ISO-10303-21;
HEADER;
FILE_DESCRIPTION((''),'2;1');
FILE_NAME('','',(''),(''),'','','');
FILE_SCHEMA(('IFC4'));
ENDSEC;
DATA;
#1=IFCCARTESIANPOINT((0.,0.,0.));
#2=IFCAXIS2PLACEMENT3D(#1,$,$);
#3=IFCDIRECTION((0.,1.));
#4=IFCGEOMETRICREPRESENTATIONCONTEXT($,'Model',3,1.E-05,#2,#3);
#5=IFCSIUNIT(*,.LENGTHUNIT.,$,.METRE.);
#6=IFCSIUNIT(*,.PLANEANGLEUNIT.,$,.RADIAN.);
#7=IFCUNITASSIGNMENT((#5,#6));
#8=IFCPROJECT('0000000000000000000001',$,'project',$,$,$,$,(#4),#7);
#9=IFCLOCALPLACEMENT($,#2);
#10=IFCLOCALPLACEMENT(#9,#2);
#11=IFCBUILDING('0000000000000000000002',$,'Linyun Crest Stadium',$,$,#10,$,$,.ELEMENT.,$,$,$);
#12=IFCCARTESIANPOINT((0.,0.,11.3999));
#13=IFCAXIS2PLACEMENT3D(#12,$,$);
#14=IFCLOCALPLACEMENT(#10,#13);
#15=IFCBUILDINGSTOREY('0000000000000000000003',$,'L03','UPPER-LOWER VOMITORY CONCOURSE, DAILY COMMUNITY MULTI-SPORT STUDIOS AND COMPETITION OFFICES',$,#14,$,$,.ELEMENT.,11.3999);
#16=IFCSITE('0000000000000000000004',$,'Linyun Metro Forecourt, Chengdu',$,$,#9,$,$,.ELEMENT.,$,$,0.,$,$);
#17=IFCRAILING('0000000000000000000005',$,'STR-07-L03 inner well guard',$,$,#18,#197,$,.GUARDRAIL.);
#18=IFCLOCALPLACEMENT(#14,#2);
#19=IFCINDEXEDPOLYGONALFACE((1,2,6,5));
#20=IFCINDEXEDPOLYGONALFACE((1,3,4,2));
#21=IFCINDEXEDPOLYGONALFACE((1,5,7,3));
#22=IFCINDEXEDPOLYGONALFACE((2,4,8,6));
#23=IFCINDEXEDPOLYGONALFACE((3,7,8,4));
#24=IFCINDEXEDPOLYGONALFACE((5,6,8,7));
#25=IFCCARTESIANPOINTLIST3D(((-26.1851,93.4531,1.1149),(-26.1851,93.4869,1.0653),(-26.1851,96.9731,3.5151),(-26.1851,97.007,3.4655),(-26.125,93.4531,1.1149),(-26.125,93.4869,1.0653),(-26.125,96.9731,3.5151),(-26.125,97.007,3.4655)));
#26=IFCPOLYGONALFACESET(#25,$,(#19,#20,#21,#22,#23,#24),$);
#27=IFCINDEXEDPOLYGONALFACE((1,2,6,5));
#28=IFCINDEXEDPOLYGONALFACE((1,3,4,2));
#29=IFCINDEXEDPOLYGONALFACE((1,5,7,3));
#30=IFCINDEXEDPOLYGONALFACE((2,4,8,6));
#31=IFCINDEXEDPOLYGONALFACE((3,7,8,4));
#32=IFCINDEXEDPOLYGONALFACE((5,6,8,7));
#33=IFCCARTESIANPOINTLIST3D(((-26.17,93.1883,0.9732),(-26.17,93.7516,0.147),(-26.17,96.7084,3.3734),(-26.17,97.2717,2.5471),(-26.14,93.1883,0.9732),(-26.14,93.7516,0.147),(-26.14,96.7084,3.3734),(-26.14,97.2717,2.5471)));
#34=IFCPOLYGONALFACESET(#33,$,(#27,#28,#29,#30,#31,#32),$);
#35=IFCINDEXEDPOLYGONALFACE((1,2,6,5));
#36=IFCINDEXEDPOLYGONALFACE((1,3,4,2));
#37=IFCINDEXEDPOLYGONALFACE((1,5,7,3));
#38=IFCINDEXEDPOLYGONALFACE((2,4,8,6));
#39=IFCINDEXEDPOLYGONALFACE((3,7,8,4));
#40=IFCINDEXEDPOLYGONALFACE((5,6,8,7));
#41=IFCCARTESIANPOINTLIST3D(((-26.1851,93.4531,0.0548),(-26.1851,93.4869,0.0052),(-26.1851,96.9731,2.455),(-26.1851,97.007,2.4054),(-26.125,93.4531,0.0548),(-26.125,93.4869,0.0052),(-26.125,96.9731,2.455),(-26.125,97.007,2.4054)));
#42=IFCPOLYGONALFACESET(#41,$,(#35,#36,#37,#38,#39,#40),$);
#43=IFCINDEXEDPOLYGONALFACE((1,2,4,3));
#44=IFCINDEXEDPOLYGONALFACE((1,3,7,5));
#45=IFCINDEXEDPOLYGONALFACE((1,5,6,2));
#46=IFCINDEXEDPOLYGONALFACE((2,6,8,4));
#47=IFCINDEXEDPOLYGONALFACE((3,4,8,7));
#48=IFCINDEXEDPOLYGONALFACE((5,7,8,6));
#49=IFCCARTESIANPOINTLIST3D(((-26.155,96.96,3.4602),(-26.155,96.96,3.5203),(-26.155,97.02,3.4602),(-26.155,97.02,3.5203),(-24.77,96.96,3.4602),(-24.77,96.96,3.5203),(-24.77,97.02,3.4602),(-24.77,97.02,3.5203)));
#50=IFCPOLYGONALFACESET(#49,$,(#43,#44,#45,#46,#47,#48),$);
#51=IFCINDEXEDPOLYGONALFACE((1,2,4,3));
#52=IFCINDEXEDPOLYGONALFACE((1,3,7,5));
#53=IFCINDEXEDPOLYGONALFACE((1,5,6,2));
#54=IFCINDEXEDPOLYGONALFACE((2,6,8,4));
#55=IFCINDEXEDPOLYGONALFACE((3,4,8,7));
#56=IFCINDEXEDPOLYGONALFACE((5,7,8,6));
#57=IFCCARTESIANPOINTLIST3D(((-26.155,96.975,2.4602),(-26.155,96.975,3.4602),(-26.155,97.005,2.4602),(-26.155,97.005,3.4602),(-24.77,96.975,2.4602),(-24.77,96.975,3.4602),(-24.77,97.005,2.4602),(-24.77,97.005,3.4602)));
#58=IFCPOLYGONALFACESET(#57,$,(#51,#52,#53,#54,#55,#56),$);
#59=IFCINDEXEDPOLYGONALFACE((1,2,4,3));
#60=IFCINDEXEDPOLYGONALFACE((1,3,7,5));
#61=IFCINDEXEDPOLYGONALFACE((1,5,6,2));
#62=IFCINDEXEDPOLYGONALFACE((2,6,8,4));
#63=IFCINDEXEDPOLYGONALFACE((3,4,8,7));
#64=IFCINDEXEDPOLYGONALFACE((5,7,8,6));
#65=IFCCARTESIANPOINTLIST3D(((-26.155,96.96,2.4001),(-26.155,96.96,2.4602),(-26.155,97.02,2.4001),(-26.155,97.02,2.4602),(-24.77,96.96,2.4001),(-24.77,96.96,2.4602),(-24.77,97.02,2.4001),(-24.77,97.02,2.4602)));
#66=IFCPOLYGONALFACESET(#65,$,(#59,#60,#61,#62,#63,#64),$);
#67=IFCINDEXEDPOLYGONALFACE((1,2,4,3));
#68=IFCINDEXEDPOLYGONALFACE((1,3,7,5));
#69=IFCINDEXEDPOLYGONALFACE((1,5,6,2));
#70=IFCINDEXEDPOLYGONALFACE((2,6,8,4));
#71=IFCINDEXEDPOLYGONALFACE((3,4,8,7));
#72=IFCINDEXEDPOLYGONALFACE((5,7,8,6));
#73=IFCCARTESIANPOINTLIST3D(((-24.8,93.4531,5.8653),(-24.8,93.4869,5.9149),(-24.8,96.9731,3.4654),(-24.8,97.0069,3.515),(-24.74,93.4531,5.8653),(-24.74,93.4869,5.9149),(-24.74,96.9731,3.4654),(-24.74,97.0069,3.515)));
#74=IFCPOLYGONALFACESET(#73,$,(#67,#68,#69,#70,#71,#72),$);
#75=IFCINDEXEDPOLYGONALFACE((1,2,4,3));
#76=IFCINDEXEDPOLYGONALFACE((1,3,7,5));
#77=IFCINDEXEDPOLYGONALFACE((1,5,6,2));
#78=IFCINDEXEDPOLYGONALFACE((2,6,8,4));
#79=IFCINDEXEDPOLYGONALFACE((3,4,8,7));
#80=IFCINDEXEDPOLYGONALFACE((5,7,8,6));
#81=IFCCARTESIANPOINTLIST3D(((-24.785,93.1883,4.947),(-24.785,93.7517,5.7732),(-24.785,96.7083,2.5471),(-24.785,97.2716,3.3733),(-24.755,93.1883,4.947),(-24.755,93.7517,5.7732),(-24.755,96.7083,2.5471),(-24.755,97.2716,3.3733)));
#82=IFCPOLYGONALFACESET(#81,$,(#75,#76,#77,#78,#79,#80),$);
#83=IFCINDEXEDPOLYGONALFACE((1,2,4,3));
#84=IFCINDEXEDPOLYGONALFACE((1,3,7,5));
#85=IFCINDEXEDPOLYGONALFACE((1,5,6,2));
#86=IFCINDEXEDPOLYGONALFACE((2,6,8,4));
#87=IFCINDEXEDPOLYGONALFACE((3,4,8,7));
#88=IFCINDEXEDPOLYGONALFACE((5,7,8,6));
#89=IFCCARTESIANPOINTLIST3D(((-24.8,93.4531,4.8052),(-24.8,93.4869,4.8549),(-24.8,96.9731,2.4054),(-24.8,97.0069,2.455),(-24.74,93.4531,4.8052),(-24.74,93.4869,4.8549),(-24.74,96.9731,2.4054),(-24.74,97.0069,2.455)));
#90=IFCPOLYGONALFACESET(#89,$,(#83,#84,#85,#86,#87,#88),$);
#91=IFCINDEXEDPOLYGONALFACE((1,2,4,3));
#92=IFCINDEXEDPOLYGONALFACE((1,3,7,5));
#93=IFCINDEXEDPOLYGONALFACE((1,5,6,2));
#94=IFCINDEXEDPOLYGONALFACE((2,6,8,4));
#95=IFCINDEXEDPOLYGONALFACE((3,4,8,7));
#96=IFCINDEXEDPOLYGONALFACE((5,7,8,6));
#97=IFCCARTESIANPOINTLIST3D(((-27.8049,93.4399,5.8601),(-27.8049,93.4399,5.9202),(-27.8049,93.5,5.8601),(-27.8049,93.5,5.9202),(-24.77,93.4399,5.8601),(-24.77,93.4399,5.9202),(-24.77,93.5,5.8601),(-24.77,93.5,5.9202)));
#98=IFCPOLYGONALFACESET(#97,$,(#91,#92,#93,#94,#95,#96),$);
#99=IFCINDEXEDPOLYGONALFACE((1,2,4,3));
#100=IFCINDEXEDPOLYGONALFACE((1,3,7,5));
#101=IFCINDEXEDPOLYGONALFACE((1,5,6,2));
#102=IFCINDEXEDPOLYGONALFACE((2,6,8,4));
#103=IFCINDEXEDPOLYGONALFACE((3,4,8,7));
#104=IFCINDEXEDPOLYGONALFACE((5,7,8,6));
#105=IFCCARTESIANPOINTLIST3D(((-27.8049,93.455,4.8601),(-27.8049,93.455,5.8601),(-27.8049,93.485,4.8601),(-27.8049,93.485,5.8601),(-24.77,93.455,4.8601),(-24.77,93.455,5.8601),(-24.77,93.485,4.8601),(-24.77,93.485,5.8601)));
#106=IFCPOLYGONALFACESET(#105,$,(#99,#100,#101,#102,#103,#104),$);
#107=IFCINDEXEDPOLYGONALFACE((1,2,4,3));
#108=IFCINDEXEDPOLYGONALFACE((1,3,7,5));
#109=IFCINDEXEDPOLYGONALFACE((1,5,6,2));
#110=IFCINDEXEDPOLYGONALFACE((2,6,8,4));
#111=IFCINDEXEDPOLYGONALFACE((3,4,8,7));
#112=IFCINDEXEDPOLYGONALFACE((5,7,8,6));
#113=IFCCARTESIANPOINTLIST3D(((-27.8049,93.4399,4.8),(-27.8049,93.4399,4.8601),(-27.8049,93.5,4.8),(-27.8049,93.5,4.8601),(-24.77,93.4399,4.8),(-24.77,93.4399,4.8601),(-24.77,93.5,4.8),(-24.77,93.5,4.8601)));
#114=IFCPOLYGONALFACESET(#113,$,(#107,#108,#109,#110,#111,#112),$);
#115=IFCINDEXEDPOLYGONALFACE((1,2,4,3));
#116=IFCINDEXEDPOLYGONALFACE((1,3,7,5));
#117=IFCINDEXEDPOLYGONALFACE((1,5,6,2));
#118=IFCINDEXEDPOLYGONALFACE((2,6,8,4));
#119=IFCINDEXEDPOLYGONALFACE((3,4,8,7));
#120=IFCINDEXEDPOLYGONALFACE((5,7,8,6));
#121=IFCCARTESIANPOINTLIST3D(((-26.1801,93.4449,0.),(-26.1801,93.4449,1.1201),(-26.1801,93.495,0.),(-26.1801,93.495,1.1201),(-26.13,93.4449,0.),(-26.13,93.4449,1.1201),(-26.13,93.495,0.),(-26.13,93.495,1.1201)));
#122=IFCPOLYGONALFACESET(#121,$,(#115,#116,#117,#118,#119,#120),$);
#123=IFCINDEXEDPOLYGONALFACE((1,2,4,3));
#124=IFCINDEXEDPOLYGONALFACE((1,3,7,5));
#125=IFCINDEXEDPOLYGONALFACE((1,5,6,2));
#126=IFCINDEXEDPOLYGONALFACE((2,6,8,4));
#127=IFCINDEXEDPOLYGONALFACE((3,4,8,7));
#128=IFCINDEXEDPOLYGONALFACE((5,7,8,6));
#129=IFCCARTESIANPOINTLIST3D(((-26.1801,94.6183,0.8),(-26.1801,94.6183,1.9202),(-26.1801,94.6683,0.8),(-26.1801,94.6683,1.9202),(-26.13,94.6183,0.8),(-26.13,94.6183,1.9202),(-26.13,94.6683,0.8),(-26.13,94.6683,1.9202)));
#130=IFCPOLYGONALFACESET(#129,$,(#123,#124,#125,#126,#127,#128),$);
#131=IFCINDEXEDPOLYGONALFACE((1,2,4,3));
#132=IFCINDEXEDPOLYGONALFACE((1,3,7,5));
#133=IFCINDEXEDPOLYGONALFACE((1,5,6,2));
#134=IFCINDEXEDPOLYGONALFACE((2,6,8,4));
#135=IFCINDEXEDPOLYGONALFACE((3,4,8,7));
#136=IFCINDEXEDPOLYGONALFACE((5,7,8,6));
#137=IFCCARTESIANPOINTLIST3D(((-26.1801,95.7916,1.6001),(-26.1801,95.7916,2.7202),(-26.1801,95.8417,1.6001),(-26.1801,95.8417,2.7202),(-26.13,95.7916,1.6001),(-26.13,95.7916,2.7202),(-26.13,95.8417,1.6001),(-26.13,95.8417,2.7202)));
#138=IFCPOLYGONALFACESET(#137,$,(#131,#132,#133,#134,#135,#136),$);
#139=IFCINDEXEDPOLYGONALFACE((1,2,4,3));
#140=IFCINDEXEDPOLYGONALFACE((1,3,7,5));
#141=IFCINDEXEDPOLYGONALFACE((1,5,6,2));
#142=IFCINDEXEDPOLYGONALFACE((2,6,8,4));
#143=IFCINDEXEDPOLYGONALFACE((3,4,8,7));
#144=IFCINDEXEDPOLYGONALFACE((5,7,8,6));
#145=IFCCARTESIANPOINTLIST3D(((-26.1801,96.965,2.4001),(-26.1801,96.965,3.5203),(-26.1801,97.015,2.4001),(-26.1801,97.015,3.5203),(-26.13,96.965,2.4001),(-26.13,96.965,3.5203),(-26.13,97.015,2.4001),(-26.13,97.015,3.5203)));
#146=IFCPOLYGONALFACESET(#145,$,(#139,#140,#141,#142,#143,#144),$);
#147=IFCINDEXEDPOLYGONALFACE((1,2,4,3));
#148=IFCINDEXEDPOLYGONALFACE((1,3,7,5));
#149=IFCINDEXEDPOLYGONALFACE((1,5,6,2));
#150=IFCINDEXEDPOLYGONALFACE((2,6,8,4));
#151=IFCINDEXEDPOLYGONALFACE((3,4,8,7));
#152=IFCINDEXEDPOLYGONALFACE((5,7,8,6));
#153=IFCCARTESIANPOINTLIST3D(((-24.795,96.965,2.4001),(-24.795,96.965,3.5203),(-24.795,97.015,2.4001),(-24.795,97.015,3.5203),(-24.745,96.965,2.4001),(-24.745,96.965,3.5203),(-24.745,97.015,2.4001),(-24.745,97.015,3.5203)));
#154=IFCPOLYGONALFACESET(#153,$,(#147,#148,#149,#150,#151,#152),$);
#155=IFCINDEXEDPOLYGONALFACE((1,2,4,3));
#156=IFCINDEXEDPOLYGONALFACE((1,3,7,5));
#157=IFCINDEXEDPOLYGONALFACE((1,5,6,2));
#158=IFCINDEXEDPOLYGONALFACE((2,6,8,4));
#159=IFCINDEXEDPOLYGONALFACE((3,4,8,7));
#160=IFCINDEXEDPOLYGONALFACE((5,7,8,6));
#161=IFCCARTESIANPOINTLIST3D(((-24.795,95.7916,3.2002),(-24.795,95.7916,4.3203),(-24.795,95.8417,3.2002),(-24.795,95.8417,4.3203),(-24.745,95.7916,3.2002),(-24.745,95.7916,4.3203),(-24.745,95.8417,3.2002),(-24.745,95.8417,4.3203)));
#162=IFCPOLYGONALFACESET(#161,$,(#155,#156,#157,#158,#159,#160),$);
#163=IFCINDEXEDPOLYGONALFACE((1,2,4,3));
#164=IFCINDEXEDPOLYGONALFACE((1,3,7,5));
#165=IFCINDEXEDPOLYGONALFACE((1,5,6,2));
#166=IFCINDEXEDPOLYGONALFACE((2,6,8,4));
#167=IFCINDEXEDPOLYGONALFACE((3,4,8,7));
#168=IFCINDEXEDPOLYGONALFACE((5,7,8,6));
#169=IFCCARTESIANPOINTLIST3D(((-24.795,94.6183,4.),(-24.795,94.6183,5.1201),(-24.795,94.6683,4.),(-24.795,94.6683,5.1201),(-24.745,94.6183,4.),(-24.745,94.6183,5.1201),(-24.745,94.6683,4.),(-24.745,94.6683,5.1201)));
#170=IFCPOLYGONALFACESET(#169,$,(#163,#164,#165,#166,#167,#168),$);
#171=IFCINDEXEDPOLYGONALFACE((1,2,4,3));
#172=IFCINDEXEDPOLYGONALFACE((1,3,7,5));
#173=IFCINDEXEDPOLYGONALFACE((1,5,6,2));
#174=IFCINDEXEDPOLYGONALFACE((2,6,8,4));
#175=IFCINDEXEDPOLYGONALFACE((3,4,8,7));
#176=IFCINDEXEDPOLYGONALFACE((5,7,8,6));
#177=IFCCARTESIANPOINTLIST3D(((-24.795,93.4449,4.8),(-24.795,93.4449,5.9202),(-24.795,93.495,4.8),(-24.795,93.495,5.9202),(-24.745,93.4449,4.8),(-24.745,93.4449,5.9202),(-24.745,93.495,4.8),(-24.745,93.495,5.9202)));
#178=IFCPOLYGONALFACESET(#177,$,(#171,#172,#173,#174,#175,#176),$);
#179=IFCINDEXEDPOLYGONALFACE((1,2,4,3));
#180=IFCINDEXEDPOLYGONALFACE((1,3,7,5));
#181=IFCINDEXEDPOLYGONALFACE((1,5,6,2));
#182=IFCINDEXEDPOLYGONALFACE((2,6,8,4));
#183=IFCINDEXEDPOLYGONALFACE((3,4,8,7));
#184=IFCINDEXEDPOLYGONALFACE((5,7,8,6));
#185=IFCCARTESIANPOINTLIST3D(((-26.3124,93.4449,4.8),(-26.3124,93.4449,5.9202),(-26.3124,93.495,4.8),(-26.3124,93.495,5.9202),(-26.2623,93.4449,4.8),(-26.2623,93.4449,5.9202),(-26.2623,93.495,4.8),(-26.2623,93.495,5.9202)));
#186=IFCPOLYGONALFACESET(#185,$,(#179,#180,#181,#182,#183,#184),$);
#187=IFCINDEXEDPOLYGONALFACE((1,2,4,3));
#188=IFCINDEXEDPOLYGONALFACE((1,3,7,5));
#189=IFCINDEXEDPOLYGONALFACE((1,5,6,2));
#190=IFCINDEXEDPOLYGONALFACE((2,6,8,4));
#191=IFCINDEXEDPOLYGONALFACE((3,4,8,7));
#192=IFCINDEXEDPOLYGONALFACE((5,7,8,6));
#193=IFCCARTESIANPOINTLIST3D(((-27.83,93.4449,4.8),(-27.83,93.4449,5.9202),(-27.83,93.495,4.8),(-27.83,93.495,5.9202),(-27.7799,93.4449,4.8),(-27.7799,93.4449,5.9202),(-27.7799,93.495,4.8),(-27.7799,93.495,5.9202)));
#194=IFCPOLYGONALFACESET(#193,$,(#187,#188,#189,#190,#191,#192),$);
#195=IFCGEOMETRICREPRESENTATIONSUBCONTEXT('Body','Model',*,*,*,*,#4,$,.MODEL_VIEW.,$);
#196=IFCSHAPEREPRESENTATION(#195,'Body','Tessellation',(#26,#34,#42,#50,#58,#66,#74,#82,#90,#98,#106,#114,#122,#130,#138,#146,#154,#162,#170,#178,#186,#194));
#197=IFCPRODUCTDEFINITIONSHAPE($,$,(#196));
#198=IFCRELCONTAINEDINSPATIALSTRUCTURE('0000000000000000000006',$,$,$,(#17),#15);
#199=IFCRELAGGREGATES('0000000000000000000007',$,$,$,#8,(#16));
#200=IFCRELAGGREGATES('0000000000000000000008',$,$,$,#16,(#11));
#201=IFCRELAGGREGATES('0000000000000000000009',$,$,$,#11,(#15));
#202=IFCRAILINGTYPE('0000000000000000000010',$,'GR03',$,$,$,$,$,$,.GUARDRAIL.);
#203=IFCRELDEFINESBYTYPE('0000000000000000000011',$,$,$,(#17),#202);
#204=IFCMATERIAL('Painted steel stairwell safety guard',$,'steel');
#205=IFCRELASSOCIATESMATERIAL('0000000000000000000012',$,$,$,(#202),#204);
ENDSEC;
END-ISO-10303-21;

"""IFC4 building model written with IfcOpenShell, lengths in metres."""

from ifc_helpers import new_model, si_unit, direction, frame, origin, origin_2d, place, context, subcontext, project, spatial, rectangle, extrude, material, type_object, element, save


model = new_model("IFC4")

# Units and contexts
model_context = context("Model", 3, precision=1e-05, world=origin(), true_north=direction((0.0, 1.0)))
body_context = subcontext(model_context, "Body", "Model", "MODEL_VIEW")
ifc_project = project(units=[si_unit("LENGTHUNIT", "METRE"), si_unit("PLANEANGLEUNIT", "RADIAN")], contexts=[model_context])

# Site, building, storey
site_placement = place(None, origin())
site = spatial("IfcSite", under=ifc_project, at=site_placement, Name="Linyun Metro Forecourt, Chengdu", CompositionType="ELEMENT", RefElevation=0.0)
building_placement = place(site_placement, origin())
building = spatial("IfcBuilding", under=site, at=building_placement, Name="Linyun Crest Stadium", CompositionType="ELEMENT")
storey_placement = place(building_placement, frame((0.0, 0.0, 11.3999)))
storey = spatial("IfcBuildingStorey", under=building, at=storey_placement, Name="L03", Description="UPPER-LOWER VOMITORY CONCOURSE, DAILY COMMUNITY MULTI-SPORT STUDIOS AND COMPETITION OFFICES", CompositionType="ELEMENT", Elevation=11.3999)

# Railing
ifc_material_1 = material(Name="Painted steel stairwell safety guard", Category="steel")
railing_type_1 = type_object("IfcRailingType", Name="GR03", PredefinedType="GUARDRAIL", material=ifc_material_1)
railing_1_placement = place(storey_placement, frame((-26.155, 93.47, 0.0)))
element("IfcRailing", 1, at=railing_1_placement, inside=storey, type_object=railing_type_1, Name="STR-07-L03 inner well guard", PredefinedType="GUARDRAIL", context=body_context, shape_type="SweptSolid", body=[
    extrude(rectangle(XDim=0.0601, YDim=0.0601, at=origin_2d()), frame((0.0, 0.0, 1.0901), z_axis=(0.0, 0.826213, 0.563358), x_axis=(-1.0, 0.0, 0.0)), (0.0, 0.0, 1.0), 4.2605),
    extrude(rectangle(XDim=0.03, YDim=1.0, at=origin_2d()), frame((0.0, 0.0, 0.5601), z_axis=(0.0, 0.826213, 0.563358), x_axis=(-1.0, 0.0, 0.0)), (0.0, 0.0, 1.0), 4.2605),
    extrude(rectangle(XDim=0.0601, YDim=0.0601, at=origin_2d()), frame((0.0, 0.0, 0.03), z_axis=(0.0, 0.826213, 0.563358), x_axis=(-1.0, 0.0, 0.0)), (0.0, 0.0, 1.0), 4.2605),
    extrude(rectangle(XDim=0.0601, YDim=0.0601, at=origin_2d()), frame((0.0, 3.52, 3.4902), z_axis=(1.0, 0.0, 0.0), x_axis=(0.0, 1.0, 0.0)), (0.0, 0.0, 1.0), 1.385),
    extrude(rectangle(XDim=0.03, YDim=1.0, at=origin_2d()), frame((0.0, 3.52, 2.9602), z_axis=(1.0, 0.0, 0.0), x_axis=(0.0, 1.0, 0.0)), (0.0, 0.0, 1.0), 1.385),
    extrude(rectangle(XDim=0.0601, YDim=0.0601, at=origin_2d()), frame((0.0, 3.52, 2.4302), z_axis=(1.0, 0.0, 0.0), x_axis=(0.0, 1.0, 0.0)), (0.0, 0.0, 1.0), 1.385),
    extrude(rectangle(XDim=0.0601, YDim=0.0601, at=origin_2d()), frame((1.385, 3.52, 3.4902), z_axis=(0.0, -0.826239, 0.563319), x_axis=(1.0, 0.0, 0.0)), (0.0, 0.0, 1.0), 4.2603),
    extrude(rectangle(XDim=0.03, YDim=1.0, at=origin_2d()), frame((1.385, 3.52, 2.9602), z_axis=(0.0, -0.826239, 0.563319), x_axis=(1.0, 0.0, 0.0)), (0.0, 0.0, 1.0), 4.2603),
    extrude(rectangle(XDim=0.0601, YDim=0.0601, at=origin_2d()), frame((1.385, 3.52, 2.4302), z_axis=(0.0, -0.826239, 0.563319), x_axis=(1.0, 0.0, 0.0)), (0.0, 0.0, 1.0), 4.2603),
    extrude(rectangle(XDim=0.0601, YDim=0.0601, at=origin_2d()), frame((1.385, 0.0, 5.8901), z_axis=(-1.0, 0.0, 0.0), x_axis=(0.0, -1.0, 0.0)), (0.0, 0.0, 1.0), 3.0349),
    extrude(rectangle(XDim=0.03, YDim=1.0, at=origin_2d()), frame((1.385, 0.0, 5.3601), z_axis=(-1.0, 0.0, 0.0), x_axis=(0.0, -1.0, 0.0)), (0.0, 0.0, 1.0), 3.0349),
    extrude(rectangle(XDim=0.0601, YDim=0.0601, at=origin_2d()), frame((1.385, 0.0, 4.8301), z_axis=(-1.0, 0.0, 0.0), x_axis=(0.0, -1.0, 0.0)), (0.0, 0.0, 1.0), 3.0349),
    extrude(rectangle(XDim=0.05, YDim=0.05, at=origin_2d()), origin(), (0.0, 0.0, 1.0), 1.1201),
    extrude(rectangle(XDim=0.05, YDim=0.05, at=origin_2d()), frame((0.0, 1.1733, 0.8)), (0.0, 0.0, 1.0), 1.1201),
    extrude(rectangle(XDim=0.05, YDim=0.05, at=origin_2d()), frame((0.0, 2.3467, 1.6001)), (0.0, 0.0, 1.0), 1.1201),
    extrude(rectangle(XDim=0.05, YDim=0.05, at=origin_2d()), frame((0.0, 3.52, 2.4001)), (0.0, 0.0, 1.0), 1.1201),
    extrude(rectangle(XDim=0.05, YDim=0.05, at=origin_2d()), frame((1.385, 3.52, 2.4001)), (0.0, 0.0, 1.0), 1.1201),
    extrude(rectangle(XDim=0.05, YDim=0.05, at=origin_2d()), frame((1.385, 2.3467, 3.2002)), (0.0, 0.0, 1.0), 1.1201),
    extrude(rectangle(XDim=0.05, YDim=0.05, at=origin_2d()), frame((1.385, 1.1733, 4.0)), (0.0, 0.0, 1.0), 1.1201),
    extrude(rectangle(XDim=0.05, YDim=0.05, at=origin_2d()), frame((1.385, 0.0, 4.8)), (0.0, 0.0, 1.0), 1.1201),
    extrude(rectangle(XDim=0.05, YDim=0.05, at=origin_2d()), frame((-0.1323, 0.0, 4.8)), (0.0, 0.0, 1.0), 1.1201),
    extrude(rectangle(XDim=0.05, YDim=0.05, at=origin_2d()), frame((-1.6499, 0.0, 4.8)), (0.0, 0.0, 1.0), 1.1201),
])

save(model, "model.ifc")
